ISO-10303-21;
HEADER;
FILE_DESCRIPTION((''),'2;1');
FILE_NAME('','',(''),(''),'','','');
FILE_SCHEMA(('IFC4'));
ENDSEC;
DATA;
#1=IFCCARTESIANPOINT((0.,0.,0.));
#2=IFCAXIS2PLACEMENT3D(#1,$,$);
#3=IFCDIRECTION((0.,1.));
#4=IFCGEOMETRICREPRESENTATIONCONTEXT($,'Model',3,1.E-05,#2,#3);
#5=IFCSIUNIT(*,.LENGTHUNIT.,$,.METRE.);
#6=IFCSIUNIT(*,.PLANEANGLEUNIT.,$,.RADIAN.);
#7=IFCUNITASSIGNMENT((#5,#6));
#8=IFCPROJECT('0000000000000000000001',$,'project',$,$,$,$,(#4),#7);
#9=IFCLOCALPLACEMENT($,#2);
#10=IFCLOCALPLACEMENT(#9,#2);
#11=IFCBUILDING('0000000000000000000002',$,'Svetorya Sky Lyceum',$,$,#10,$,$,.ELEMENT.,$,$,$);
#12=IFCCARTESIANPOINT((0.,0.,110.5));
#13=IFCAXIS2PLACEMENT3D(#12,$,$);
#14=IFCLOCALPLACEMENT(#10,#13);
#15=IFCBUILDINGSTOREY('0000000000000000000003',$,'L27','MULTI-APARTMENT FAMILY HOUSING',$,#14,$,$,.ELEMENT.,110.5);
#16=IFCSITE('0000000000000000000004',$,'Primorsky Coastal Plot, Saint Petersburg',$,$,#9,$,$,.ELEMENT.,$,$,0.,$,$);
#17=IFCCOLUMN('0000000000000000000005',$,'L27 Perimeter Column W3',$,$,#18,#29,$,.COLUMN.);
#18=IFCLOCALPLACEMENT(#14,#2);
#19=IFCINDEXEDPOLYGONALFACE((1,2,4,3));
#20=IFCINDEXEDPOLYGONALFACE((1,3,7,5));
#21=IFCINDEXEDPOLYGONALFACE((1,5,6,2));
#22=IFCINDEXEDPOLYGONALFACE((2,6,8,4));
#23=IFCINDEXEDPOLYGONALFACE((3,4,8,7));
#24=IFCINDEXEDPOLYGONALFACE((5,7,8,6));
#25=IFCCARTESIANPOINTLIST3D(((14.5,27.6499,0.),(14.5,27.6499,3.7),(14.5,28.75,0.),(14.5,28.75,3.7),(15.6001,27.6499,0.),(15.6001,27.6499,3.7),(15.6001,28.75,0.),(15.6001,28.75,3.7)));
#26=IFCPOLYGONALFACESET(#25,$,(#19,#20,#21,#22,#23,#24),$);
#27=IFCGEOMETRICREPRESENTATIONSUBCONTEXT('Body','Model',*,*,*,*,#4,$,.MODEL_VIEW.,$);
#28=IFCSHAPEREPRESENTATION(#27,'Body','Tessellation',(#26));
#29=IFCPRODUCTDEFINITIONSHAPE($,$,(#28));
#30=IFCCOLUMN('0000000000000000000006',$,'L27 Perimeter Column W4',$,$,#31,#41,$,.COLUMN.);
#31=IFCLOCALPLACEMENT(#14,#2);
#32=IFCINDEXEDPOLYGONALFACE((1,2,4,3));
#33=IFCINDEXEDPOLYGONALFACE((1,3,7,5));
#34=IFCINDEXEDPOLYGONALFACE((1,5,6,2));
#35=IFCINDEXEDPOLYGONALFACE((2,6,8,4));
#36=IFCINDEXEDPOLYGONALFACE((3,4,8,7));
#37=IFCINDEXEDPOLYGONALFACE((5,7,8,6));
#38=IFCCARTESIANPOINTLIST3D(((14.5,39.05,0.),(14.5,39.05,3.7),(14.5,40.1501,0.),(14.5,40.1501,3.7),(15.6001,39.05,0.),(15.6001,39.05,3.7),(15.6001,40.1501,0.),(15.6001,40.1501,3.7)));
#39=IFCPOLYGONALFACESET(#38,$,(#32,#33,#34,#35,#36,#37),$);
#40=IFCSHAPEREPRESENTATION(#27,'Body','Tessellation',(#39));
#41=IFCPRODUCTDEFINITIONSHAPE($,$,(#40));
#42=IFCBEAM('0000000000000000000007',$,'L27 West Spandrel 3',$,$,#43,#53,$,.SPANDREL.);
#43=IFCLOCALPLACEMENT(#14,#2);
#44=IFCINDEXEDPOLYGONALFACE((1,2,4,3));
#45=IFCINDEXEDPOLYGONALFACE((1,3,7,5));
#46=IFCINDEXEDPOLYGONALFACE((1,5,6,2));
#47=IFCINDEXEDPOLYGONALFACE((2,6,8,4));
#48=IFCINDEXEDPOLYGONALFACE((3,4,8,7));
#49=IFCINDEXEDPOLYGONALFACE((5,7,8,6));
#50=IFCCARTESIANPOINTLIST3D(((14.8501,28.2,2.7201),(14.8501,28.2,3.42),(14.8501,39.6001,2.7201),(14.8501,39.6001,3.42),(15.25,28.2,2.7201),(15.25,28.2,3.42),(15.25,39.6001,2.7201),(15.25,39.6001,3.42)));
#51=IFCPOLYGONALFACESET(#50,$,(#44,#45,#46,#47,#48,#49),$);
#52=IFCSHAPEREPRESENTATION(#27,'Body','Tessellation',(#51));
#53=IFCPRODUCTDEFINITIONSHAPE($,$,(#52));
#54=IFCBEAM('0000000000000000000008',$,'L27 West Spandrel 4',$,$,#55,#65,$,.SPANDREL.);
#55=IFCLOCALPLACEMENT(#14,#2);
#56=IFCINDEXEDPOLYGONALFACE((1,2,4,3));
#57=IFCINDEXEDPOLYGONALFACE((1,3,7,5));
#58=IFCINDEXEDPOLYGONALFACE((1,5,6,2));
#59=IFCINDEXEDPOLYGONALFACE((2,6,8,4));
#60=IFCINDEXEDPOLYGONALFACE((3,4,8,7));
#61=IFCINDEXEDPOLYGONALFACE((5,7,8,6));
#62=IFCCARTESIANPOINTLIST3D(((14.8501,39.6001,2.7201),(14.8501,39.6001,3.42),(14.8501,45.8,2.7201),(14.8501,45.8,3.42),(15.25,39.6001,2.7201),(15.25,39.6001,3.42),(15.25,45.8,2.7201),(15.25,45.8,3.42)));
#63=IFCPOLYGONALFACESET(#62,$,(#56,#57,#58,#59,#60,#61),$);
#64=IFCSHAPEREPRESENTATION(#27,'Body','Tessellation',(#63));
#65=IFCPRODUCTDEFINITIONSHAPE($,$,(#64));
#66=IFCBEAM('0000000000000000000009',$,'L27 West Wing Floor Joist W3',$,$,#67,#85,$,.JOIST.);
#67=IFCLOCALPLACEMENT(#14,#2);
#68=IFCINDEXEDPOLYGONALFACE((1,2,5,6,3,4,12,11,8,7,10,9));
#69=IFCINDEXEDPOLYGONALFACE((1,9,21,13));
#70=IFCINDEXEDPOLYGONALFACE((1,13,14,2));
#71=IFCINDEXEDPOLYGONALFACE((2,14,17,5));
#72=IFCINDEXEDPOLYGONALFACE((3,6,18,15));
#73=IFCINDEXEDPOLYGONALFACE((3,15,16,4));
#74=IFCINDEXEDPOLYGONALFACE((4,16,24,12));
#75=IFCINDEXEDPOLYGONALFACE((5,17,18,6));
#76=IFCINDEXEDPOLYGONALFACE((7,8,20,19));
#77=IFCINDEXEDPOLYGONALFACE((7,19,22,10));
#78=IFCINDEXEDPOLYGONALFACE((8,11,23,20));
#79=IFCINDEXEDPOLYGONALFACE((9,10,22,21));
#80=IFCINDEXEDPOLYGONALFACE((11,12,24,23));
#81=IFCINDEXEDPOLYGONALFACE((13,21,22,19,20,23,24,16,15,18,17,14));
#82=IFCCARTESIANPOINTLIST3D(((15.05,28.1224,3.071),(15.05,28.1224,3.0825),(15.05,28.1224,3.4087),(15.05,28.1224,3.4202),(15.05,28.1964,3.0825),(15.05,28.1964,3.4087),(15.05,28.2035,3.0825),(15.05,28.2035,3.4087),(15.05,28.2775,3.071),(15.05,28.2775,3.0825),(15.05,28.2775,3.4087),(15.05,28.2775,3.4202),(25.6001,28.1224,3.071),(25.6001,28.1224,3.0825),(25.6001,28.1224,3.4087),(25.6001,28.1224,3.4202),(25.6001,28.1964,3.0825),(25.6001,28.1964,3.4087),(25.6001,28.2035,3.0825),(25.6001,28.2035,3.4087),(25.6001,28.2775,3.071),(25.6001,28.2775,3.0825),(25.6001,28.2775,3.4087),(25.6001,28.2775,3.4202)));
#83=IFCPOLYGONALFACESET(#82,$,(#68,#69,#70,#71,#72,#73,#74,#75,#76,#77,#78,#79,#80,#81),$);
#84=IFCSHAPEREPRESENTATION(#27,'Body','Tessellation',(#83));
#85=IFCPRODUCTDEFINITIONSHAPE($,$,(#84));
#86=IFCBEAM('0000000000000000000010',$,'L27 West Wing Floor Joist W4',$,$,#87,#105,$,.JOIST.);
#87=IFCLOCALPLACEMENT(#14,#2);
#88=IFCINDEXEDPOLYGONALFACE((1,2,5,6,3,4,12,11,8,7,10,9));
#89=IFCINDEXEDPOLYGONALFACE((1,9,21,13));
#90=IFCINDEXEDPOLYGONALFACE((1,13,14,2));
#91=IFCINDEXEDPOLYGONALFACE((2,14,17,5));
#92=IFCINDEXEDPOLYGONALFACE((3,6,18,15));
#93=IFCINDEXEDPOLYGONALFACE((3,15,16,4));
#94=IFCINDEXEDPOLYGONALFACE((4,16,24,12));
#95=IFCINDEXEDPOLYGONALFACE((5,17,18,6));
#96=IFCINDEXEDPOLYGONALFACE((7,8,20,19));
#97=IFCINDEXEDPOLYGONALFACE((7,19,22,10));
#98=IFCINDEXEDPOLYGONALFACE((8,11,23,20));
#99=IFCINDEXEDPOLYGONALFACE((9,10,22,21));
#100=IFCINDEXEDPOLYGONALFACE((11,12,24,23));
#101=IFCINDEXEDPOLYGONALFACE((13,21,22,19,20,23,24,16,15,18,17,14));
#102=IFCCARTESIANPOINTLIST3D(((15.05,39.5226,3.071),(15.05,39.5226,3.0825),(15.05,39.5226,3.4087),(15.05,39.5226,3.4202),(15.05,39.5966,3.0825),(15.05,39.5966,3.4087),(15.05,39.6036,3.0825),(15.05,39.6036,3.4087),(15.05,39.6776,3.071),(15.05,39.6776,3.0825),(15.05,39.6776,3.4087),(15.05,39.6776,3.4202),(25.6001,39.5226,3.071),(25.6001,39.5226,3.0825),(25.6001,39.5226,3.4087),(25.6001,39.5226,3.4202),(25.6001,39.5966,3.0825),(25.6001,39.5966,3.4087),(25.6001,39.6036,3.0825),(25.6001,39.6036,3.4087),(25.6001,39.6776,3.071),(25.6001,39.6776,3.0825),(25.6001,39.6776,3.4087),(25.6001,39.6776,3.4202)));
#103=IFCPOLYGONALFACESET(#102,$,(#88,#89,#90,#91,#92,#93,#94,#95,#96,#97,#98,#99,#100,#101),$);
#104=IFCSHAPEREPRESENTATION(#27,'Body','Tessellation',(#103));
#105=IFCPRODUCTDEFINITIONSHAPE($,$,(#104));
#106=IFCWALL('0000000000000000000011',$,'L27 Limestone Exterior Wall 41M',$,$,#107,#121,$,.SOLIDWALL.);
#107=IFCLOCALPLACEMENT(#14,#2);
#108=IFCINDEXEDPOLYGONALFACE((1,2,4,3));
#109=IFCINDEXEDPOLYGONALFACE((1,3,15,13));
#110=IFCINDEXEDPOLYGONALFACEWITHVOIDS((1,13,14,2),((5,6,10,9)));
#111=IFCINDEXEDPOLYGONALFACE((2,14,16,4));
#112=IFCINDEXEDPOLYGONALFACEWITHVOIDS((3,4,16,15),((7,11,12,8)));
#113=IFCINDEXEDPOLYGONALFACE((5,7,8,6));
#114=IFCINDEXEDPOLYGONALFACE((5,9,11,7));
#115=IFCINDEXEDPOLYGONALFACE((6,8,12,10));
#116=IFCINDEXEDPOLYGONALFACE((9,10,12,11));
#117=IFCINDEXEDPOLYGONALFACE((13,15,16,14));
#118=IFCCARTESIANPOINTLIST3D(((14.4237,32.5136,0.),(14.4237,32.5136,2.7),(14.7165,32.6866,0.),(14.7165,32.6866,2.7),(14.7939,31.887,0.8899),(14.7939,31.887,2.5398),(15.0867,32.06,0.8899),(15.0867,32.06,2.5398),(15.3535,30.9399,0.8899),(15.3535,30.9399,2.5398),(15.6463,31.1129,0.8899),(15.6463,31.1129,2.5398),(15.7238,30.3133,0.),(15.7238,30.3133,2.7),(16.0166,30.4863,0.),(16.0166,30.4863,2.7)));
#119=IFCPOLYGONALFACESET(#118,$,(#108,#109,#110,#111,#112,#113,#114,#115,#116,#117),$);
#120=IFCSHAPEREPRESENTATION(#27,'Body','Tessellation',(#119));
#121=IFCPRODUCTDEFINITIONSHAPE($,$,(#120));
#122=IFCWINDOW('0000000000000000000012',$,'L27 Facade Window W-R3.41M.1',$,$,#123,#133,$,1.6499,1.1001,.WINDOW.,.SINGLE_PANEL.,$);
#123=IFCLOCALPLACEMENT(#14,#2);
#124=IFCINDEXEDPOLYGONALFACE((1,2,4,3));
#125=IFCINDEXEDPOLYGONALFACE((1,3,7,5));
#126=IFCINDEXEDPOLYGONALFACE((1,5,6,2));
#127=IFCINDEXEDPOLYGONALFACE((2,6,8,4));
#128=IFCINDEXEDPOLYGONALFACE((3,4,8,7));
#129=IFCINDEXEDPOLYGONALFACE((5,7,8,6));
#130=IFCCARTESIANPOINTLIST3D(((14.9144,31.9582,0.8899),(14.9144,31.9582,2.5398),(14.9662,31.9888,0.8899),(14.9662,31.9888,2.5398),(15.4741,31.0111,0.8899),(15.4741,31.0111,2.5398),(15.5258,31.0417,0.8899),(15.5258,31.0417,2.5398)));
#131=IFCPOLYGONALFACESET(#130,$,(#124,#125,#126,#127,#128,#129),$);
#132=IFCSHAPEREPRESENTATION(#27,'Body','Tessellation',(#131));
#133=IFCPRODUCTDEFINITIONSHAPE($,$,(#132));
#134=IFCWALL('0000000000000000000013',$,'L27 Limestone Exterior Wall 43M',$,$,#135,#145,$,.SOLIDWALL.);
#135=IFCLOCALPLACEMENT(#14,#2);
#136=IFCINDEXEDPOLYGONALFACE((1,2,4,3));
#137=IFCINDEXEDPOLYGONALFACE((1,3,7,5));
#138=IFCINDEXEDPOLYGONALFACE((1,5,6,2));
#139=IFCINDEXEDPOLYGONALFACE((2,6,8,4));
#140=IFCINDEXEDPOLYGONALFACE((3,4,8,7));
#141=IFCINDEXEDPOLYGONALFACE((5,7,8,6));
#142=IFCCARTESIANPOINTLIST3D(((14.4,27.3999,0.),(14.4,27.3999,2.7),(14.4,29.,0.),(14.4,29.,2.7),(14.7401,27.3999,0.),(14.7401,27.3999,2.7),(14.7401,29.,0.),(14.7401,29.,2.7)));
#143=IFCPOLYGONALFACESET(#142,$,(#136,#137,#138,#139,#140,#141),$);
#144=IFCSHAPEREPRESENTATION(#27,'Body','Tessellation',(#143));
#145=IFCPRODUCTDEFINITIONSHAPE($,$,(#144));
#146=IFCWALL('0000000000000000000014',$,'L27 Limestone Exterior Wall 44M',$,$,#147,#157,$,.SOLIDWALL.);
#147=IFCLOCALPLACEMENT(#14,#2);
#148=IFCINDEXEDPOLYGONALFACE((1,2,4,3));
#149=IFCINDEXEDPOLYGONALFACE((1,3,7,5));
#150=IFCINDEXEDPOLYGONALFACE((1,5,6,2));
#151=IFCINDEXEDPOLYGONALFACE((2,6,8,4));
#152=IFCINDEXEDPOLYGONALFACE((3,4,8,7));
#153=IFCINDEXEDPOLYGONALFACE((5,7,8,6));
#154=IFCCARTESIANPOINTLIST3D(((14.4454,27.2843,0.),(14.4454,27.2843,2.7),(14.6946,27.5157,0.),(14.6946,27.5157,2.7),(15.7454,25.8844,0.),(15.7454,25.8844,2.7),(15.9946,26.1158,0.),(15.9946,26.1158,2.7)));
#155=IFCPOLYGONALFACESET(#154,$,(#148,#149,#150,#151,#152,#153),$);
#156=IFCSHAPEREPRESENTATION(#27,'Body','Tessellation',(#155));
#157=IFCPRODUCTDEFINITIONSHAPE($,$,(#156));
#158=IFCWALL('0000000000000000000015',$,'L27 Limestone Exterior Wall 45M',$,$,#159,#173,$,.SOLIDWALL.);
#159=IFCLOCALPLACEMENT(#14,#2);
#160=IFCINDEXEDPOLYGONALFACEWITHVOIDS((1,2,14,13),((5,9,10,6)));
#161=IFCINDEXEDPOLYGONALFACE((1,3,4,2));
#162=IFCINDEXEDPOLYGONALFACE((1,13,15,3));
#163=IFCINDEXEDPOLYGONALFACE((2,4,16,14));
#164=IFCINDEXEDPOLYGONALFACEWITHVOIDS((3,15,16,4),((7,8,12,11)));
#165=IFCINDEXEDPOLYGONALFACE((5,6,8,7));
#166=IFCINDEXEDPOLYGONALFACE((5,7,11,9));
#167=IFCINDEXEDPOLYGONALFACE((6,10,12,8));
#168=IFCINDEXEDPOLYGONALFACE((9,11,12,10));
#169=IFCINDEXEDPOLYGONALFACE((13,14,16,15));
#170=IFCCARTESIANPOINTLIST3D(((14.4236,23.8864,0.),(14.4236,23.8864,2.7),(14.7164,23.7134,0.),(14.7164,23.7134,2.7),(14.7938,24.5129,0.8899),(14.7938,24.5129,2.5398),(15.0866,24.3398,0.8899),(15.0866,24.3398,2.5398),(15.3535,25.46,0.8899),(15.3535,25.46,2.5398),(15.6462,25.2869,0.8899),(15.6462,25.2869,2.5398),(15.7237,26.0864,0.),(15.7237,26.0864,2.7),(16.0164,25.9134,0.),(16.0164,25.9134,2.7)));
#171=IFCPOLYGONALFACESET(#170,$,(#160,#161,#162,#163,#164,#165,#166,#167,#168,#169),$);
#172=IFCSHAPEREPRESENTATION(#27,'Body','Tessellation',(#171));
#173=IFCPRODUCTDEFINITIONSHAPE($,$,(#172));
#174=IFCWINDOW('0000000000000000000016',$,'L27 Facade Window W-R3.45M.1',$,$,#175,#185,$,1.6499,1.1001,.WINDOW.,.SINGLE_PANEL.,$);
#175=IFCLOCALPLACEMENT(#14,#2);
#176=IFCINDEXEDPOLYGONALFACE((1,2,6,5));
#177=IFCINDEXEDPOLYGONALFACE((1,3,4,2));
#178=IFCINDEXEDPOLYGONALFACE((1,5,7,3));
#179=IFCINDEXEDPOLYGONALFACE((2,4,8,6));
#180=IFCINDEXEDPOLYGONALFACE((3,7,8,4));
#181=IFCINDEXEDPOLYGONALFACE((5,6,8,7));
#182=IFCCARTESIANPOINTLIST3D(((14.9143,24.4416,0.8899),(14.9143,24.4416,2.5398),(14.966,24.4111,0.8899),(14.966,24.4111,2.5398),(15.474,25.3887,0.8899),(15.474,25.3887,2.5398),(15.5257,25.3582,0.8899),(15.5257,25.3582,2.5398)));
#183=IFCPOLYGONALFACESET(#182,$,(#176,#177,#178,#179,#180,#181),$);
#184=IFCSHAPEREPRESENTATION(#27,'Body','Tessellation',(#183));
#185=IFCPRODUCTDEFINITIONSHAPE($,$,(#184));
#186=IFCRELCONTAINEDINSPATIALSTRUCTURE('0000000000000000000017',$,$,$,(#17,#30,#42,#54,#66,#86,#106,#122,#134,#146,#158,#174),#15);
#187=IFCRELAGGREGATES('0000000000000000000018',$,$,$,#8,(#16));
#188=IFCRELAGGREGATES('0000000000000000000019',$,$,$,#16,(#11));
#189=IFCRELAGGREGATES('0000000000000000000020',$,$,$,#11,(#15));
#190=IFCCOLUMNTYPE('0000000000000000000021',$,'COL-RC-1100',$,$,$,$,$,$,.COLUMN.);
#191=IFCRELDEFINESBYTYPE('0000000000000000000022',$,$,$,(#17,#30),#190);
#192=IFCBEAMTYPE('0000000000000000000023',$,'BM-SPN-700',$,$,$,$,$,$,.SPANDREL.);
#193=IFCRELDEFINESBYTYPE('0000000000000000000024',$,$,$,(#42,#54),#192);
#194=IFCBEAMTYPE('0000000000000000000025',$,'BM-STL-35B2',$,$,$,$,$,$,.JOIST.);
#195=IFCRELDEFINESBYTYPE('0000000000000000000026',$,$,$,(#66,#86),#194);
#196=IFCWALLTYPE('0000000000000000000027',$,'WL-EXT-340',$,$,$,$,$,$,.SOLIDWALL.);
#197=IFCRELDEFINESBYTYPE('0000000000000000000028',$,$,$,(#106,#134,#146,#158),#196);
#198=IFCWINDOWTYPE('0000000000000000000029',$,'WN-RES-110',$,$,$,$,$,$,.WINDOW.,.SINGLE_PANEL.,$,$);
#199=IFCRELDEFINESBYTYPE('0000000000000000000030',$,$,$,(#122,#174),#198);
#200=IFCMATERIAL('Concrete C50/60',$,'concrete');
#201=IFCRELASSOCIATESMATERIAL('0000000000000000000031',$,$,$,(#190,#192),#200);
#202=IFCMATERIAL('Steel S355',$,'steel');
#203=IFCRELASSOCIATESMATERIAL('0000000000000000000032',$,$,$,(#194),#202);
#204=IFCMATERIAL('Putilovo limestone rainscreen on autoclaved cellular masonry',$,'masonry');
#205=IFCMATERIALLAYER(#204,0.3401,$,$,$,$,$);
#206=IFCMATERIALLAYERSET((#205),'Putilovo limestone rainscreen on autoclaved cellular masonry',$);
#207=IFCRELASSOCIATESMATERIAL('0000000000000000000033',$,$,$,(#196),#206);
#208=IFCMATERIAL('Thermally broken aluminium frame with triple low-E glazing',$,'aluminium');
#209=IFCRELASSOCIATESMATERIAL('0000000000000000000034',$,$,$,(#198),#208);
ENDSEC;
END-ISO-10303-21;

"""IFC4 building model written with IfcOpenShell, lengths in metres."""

from ifc_helpers import new_model, si_unit, direction, frame, frame_2d, origin, origin_2d, place, context, subcontext, project, spatial, rectangle, i_section, extrude, material, layer, layer_set, material_profile, profile_set, type_object, element, fill, save


model = new_model("IFC4")

# Units and contexts
model_context = context("Model", 3, precision=1e-05, world=origin(), true_north=direction((0.0, 1.0)))
body_context = subcontext(model_context, "Body", "Model", "MODEL_VIEW")
ifc_project = project(units=[si_unit("LENGTHUNIT", "METRE"), si_unit("PLANEANGLEUNIT", "RADIAN")], contexts=[model_context])

# Site, building, storey
site_placement = place(None, origin())
site = spatial("IfcSite", under=ifc_project, at=site_placement, Name="Primorsky Coastal Plot, Saint Petersburg", CompositionType="ELEMENT", RefElevation=0.0)
building_placement = place(site_placement, origin())
building = spatial("IfcBuilding", under=site, at=building_placement, Name="Svetorya Sky Lyceum", CompositionType="ELEMENT")
storey_placement = place(building_placement, frame((0.0, 0.0, 110.5)))
storey = spatial("IfcBuildingStorey", under=building, at=storey_placement, Name="L27", Description="MULTI-APARTMENT FAMILY HOUSING", CompositionType="ELEMENT", Elevation=110.5)

# Columns
ifc_material_1 = material(Name="Concrete C50/60", Category="concrete")
ifc_material_profile_1 = material_profile(ifc_material_1, rectangle(XDim=1.1001, YDim=1.1001, at=origin_2d()), Name="RC COL 1100x1100")
ifc_profile_set_1 = profile_set([ifc_material_profile_1], Name="Concrete C50/60")
column_type = type_object("IfcColumnType", Name="COL-RC-1100", PredefinedType="COLUMN", material=ifc_profile_set_1)
for number, where, z_axis, x_axis, name in (
    (1, (15.05, 28.2, 0.0), (0.0, 0.0, 1.0), (1.0, 0.0, 0.0), "L27 Perimeter Column W3"),
    (2, (15.05, 39.6001, 0.0), (0.0, 0.0, 1.0), (1.0, 0.0, 0.0), "L27 Perimeter Column W4"),
):
    element("IfcColumn", number, at=place(storey_placement, frame(where, z_axis=z_axis, x_axis=x_axis)), inside=storey, type_object=column_type, Name=name, PredefinedType="COLUMN", context=body_context, shape_type="SweptSolid", body=[
        extrude(rectangle(XDim=1.1001, YDim=1.1001, at=origin_2d()), origin(), (0.0, 0.0, 1.0), 3.7),
    ])

# Beams
ifc_material_profile_2 = material_profile(ifc_material_1, rectangle(XDim=0.3999, YDim=0.7, at=origin_2d()), Name="RC SPANDREL 400x700")
ifc_profile_set_2 = profile_set([ifc_material_profile_2], Name="Concrete C50/60")
beam_type_1 = type_object("IfcBeamType", Name="BM-SPN-700", PredefinedType="SPANDREL", material=ifc_profile_set_2)
beam_1_placement = place(storey_placement, frame((15.05, 28.2, 3.0701), z_axis=(0.0, 1.0, 0.0), x_axis=(-1.0, 0.0, 0.0)))
element("IfcBeam", 3, at=beam_1_placement, inside=storey, type_object=beam_type_1, Name="L27 West Spandrel 3", PredefinedType="SPANDREL", context=body_context, shape_type="SweptSolid", body=[
    extrude(rectangle(XDim=0.3999, YDim=0.7, at=origin_2d()), origin(), (0.0, 0.0, 1.0), 11.4001),
])
beam_2_placement = place(storey_placement, frame((15.05, 39.6001, 3.0701), z_axis=(0.0, 1.0, 0.0), x_axis=(-1.0, 0.0, 0.0)))
element("IfcBeam", 4, at=beam_2_placement, inside=storey, type_object=beam_type_1, Name="L27 West Spandrel 4", PredefinedType="SPANDREL", context=body_context, shape_type="SweptSolid", body=[
    extrude(rectangle(XDim=0.3999, YDim=0.7, at=origin_2d()), origin(), (0.0, 0.0, 1.0), 6.2),
])
ifc_material_2 = material(Name="Steel S355", Category="steel")
ifc_material_profile_3 = material_profile(ifc_material_2, i_section(OverallWidth=0.155, OverallDepth=0.3491, WebThickness=0.0071, FlangeThickness=0.0115, at=origin_2d()), Name="GOST 35B2")
ifc_profile_set_3 = profile_set([ifc_material_profile_3], Name="Steel S355")
beam_type_2 = type_object("IfcBeamType", Name="BM-STL-35B2", PredefinedType="JOIST", material=ifc_profile_set_3)
for number, where, z_axis, x_axis, name in (
    (5, (15.05, 28.2, 3.2456), (1.0, 0.0, 0.0), (0.0, 1.0, 0.0), "L27 West Wing Floor Joist W3"),
    (6, (15.05, 39.6001, 3.2456), (1.0, 0.0, 0.0), (0.0, 1.0, 0.0), "L27 West Wing Floor Joist W4"),
):
    element("IfcBeam", number, at=place(storey_placement, frame(where, z_axis=z_axis, x_axis=x_axis)), inside=storey, type_object=beam_type_2, Name=name, PredefinedType="JOIST", context=body_context, shape_type="SweptSolid", body=[
        extrude(i_section(OverallWidth=0.155, OverallDepth=0.3491, WebThickness=0.0071, FlangeThickness=0.0115, at=origin_2d()), origin(), (0.0, 0.0, 1.0), 10.55),
    ])

# Wall, opening, window
ifc_material_3 = material(Name="Putilovo limestone rainscreen on autoclaved cellular masonry", Category="masonry")
ifc_layer_1 = layer(ifc_material_3, 0.3401)
ifc_layer_set_1 = layer_set([ifc_layer_1], Name="Putilovo limestone rainscreen on autoclaved cellular masonry")
wall_type_1 = type_object("IfcWallType", Name="WL-EXT-340", PredefinedType="SOLIDWALL", material=ifc_layer_set_1)
wall_1_placement = place(storey_placement, frame((14.5701, 32.6001, 0.0), z_axis=(0.0, 0.0, 1.0), x_axis=(0.50871, -0.860938, 0.0)))
wall_1 = element("IfcWall", 7, at=wall_1_placement, inside=storey, type_object=wall_type_1, Name="L27 Limestone Exterior Wall 41M", PredefinedType="SOLIDWALL", context=body_context, shape_type="SweptSolid", body=[
    extrude(rectangle(XDim=2.5557, YDim=0.3401, at=frame_2d((1.2778, 0.0))), origin(), (0.0, 0.0, 1.0), 2.7),
])
opening_1_placement = place(wall_1_placement, frame((0.7278, 0.0, 0.8899)))
opening_1 = element("IfcOpeningElement", 8, at=opening_1_placement, cuts=wall_1, PredefinedType="OPENING", context=body_context, shape_type="SweptSolid", body=[
    extrude(rectangle(XDim=1.1001, YDim=1.6499, at=frame_2d((0.55, 0.825))), frame((0.0, 0.1799, 0.0), z_axis=(0.0, -1.0, 0.0), x_axis=(1.0, 0.0, 0.0)), (0.0, 0.0, 1.0), 0.3601),
])
ifc_material_4 = material(Name="Thermally broken aluminium frame with triple low-E glazing", Category="aluminium")
window_type_1 = type_object("IfcWindowType", Name="WN-RES-110", PartitioningType="SINGLE_PANEL", PredefinedType="WINDOW", material=ifc_material_4)
window_1_placement = place(opening_1_placement, origin())
window_1 = element("IfcWindow", 9, at=window_1_placement, inside=storey, type_object=window_type_1, Name="L27 Facade Window W-R3.41M.1", OverallHeight=1.6499, OverallWidth=1.1001, PartitioningType="SINGLE_PANEL", PredefinedType="WINDOW", context=body_context, shape_type="SweptSolid", body=[
    extrude(rectangle(XDim=1.1001, YDim=1.6499, at=frame_2d((0.55, 0.825))), frame((0.0, 0.03, 0.0), z_axis=(0.0, -1.0, 0.0), x_axis=(1.0, 0.0, 0.0)), (0.0, 0.0, 1.0), 0.0601),
])
fill(opening_1, window_1)

# Walls
wall_2_placement = place(storey_placement, frame((14.5701, 29.0, 0.0), z_axis=(0.0, 0.0, 1.0), x_axis=(0.0, -1.0, 0.0)))
element("IfcWall", 10, at=wall_2_placement, inside=storey, type_object=wall_type_1, Name="L27 Limestone Exterior Wall 43M", PredefinedType="SOLIDWALL", context=body_context, shape_type="SweptSolid", body=[
    extrude(rectangle(XDim=1.6001, YDim=0.3401, at=frame_2d((0.8, 0.0))), origin(), (0.0, 0.0, 1.0), 2.7),
])
wall_3_placement = place(storey_placement, frame((14.5701, 27.3999, 0.0), z_axis=(0.0, 0.0, 1.0), x_axis=(0.68049, -0.732757, 0.0)))
element("IfcWall", 11, at=wall_3_placement, inside=storey, type_object=wall_type_1, Name="L27 Limestone Exterior Wall 44M", PredefinedType="SOLIDWALL", context=body_context, shape_type="SweptSolid", body=[
    extrude(rectangle(XDim=1.9104, YDim=0.3401, at=frame_2d((0.9551, 0.0))), origin(), (0.0, 0.0, 1.0), 2.7),
])

# Wall, opening, window
wall_4_placement = place(storey_placement, frame((15.8701, 26.0, 0.0), z_axis=(0.0, 0.0, 1.0), x_axis=(-0.508752, -0.860913, 0.0)))
wall_4 = element("IfcWall", 12, at=wall_4_placement, inside=storey, type_object=wall_type_1, Name="L27 Limestone Exterior Wall 45M", PredefinedType="SOLIDWALL", context=body_context, shape_type="SweptSolid", body=[
    extrude(rectangle(XDim=2.5554, YDim=0.3401, at=frame_2d((1.2778, 0.0))), origin(), (0.0, 0.0, 1.0), 2.7),
])
opening_2_placement = place(wall_4_placement, frame((0.7278, 0.0, 0.8899)))
opening_2 = element("IfcOpeningElement", 13, at=opening_2_placement, cuts=wall_4, PredefinedType="OPENING", context=body_context, shape_type="SweptSolid", body=[
    extrude(rectangle(XDim=1.1001, YDim=1.6499, at=frame_2d((0.55, 0.825))), frame((0.0, 0.1799, 0.0), z_axis=(0.0, -1.0, 0.0), x_axis=(1.0, 0.0, 0.0)), (0.0, 0.0, 1.0), 0.3601),
])
window_2_placement = place(opening_2_placement, origin())
window_2 = element("IfcWindow", 14, at=window_2_placement, inside=storey, type_object=window_type_1, Name="L27 Facade Window W-R3.45M.1", OverallHeight=1.6499, OverallWidth=1.1001, PartitioningType="SINGLE_PANEL", PredefinedType="WINDOW", context=body_context, shape_type="SweptSolid", body=[
    extrude(rectangle(XDim=1.1001, YDim=1.6499, at=frame_2d((0.55, 0.825))), frame((0.0, 0.03, 0.0), z_axis=(0.0, -1.0, 0.0), x_axis=(1.0, 0.0, 0.0)), (0.0, 0.0, 1.0), 0.0601),
])
fill(opening_2, window_2)

save(model, "model.ifc")
